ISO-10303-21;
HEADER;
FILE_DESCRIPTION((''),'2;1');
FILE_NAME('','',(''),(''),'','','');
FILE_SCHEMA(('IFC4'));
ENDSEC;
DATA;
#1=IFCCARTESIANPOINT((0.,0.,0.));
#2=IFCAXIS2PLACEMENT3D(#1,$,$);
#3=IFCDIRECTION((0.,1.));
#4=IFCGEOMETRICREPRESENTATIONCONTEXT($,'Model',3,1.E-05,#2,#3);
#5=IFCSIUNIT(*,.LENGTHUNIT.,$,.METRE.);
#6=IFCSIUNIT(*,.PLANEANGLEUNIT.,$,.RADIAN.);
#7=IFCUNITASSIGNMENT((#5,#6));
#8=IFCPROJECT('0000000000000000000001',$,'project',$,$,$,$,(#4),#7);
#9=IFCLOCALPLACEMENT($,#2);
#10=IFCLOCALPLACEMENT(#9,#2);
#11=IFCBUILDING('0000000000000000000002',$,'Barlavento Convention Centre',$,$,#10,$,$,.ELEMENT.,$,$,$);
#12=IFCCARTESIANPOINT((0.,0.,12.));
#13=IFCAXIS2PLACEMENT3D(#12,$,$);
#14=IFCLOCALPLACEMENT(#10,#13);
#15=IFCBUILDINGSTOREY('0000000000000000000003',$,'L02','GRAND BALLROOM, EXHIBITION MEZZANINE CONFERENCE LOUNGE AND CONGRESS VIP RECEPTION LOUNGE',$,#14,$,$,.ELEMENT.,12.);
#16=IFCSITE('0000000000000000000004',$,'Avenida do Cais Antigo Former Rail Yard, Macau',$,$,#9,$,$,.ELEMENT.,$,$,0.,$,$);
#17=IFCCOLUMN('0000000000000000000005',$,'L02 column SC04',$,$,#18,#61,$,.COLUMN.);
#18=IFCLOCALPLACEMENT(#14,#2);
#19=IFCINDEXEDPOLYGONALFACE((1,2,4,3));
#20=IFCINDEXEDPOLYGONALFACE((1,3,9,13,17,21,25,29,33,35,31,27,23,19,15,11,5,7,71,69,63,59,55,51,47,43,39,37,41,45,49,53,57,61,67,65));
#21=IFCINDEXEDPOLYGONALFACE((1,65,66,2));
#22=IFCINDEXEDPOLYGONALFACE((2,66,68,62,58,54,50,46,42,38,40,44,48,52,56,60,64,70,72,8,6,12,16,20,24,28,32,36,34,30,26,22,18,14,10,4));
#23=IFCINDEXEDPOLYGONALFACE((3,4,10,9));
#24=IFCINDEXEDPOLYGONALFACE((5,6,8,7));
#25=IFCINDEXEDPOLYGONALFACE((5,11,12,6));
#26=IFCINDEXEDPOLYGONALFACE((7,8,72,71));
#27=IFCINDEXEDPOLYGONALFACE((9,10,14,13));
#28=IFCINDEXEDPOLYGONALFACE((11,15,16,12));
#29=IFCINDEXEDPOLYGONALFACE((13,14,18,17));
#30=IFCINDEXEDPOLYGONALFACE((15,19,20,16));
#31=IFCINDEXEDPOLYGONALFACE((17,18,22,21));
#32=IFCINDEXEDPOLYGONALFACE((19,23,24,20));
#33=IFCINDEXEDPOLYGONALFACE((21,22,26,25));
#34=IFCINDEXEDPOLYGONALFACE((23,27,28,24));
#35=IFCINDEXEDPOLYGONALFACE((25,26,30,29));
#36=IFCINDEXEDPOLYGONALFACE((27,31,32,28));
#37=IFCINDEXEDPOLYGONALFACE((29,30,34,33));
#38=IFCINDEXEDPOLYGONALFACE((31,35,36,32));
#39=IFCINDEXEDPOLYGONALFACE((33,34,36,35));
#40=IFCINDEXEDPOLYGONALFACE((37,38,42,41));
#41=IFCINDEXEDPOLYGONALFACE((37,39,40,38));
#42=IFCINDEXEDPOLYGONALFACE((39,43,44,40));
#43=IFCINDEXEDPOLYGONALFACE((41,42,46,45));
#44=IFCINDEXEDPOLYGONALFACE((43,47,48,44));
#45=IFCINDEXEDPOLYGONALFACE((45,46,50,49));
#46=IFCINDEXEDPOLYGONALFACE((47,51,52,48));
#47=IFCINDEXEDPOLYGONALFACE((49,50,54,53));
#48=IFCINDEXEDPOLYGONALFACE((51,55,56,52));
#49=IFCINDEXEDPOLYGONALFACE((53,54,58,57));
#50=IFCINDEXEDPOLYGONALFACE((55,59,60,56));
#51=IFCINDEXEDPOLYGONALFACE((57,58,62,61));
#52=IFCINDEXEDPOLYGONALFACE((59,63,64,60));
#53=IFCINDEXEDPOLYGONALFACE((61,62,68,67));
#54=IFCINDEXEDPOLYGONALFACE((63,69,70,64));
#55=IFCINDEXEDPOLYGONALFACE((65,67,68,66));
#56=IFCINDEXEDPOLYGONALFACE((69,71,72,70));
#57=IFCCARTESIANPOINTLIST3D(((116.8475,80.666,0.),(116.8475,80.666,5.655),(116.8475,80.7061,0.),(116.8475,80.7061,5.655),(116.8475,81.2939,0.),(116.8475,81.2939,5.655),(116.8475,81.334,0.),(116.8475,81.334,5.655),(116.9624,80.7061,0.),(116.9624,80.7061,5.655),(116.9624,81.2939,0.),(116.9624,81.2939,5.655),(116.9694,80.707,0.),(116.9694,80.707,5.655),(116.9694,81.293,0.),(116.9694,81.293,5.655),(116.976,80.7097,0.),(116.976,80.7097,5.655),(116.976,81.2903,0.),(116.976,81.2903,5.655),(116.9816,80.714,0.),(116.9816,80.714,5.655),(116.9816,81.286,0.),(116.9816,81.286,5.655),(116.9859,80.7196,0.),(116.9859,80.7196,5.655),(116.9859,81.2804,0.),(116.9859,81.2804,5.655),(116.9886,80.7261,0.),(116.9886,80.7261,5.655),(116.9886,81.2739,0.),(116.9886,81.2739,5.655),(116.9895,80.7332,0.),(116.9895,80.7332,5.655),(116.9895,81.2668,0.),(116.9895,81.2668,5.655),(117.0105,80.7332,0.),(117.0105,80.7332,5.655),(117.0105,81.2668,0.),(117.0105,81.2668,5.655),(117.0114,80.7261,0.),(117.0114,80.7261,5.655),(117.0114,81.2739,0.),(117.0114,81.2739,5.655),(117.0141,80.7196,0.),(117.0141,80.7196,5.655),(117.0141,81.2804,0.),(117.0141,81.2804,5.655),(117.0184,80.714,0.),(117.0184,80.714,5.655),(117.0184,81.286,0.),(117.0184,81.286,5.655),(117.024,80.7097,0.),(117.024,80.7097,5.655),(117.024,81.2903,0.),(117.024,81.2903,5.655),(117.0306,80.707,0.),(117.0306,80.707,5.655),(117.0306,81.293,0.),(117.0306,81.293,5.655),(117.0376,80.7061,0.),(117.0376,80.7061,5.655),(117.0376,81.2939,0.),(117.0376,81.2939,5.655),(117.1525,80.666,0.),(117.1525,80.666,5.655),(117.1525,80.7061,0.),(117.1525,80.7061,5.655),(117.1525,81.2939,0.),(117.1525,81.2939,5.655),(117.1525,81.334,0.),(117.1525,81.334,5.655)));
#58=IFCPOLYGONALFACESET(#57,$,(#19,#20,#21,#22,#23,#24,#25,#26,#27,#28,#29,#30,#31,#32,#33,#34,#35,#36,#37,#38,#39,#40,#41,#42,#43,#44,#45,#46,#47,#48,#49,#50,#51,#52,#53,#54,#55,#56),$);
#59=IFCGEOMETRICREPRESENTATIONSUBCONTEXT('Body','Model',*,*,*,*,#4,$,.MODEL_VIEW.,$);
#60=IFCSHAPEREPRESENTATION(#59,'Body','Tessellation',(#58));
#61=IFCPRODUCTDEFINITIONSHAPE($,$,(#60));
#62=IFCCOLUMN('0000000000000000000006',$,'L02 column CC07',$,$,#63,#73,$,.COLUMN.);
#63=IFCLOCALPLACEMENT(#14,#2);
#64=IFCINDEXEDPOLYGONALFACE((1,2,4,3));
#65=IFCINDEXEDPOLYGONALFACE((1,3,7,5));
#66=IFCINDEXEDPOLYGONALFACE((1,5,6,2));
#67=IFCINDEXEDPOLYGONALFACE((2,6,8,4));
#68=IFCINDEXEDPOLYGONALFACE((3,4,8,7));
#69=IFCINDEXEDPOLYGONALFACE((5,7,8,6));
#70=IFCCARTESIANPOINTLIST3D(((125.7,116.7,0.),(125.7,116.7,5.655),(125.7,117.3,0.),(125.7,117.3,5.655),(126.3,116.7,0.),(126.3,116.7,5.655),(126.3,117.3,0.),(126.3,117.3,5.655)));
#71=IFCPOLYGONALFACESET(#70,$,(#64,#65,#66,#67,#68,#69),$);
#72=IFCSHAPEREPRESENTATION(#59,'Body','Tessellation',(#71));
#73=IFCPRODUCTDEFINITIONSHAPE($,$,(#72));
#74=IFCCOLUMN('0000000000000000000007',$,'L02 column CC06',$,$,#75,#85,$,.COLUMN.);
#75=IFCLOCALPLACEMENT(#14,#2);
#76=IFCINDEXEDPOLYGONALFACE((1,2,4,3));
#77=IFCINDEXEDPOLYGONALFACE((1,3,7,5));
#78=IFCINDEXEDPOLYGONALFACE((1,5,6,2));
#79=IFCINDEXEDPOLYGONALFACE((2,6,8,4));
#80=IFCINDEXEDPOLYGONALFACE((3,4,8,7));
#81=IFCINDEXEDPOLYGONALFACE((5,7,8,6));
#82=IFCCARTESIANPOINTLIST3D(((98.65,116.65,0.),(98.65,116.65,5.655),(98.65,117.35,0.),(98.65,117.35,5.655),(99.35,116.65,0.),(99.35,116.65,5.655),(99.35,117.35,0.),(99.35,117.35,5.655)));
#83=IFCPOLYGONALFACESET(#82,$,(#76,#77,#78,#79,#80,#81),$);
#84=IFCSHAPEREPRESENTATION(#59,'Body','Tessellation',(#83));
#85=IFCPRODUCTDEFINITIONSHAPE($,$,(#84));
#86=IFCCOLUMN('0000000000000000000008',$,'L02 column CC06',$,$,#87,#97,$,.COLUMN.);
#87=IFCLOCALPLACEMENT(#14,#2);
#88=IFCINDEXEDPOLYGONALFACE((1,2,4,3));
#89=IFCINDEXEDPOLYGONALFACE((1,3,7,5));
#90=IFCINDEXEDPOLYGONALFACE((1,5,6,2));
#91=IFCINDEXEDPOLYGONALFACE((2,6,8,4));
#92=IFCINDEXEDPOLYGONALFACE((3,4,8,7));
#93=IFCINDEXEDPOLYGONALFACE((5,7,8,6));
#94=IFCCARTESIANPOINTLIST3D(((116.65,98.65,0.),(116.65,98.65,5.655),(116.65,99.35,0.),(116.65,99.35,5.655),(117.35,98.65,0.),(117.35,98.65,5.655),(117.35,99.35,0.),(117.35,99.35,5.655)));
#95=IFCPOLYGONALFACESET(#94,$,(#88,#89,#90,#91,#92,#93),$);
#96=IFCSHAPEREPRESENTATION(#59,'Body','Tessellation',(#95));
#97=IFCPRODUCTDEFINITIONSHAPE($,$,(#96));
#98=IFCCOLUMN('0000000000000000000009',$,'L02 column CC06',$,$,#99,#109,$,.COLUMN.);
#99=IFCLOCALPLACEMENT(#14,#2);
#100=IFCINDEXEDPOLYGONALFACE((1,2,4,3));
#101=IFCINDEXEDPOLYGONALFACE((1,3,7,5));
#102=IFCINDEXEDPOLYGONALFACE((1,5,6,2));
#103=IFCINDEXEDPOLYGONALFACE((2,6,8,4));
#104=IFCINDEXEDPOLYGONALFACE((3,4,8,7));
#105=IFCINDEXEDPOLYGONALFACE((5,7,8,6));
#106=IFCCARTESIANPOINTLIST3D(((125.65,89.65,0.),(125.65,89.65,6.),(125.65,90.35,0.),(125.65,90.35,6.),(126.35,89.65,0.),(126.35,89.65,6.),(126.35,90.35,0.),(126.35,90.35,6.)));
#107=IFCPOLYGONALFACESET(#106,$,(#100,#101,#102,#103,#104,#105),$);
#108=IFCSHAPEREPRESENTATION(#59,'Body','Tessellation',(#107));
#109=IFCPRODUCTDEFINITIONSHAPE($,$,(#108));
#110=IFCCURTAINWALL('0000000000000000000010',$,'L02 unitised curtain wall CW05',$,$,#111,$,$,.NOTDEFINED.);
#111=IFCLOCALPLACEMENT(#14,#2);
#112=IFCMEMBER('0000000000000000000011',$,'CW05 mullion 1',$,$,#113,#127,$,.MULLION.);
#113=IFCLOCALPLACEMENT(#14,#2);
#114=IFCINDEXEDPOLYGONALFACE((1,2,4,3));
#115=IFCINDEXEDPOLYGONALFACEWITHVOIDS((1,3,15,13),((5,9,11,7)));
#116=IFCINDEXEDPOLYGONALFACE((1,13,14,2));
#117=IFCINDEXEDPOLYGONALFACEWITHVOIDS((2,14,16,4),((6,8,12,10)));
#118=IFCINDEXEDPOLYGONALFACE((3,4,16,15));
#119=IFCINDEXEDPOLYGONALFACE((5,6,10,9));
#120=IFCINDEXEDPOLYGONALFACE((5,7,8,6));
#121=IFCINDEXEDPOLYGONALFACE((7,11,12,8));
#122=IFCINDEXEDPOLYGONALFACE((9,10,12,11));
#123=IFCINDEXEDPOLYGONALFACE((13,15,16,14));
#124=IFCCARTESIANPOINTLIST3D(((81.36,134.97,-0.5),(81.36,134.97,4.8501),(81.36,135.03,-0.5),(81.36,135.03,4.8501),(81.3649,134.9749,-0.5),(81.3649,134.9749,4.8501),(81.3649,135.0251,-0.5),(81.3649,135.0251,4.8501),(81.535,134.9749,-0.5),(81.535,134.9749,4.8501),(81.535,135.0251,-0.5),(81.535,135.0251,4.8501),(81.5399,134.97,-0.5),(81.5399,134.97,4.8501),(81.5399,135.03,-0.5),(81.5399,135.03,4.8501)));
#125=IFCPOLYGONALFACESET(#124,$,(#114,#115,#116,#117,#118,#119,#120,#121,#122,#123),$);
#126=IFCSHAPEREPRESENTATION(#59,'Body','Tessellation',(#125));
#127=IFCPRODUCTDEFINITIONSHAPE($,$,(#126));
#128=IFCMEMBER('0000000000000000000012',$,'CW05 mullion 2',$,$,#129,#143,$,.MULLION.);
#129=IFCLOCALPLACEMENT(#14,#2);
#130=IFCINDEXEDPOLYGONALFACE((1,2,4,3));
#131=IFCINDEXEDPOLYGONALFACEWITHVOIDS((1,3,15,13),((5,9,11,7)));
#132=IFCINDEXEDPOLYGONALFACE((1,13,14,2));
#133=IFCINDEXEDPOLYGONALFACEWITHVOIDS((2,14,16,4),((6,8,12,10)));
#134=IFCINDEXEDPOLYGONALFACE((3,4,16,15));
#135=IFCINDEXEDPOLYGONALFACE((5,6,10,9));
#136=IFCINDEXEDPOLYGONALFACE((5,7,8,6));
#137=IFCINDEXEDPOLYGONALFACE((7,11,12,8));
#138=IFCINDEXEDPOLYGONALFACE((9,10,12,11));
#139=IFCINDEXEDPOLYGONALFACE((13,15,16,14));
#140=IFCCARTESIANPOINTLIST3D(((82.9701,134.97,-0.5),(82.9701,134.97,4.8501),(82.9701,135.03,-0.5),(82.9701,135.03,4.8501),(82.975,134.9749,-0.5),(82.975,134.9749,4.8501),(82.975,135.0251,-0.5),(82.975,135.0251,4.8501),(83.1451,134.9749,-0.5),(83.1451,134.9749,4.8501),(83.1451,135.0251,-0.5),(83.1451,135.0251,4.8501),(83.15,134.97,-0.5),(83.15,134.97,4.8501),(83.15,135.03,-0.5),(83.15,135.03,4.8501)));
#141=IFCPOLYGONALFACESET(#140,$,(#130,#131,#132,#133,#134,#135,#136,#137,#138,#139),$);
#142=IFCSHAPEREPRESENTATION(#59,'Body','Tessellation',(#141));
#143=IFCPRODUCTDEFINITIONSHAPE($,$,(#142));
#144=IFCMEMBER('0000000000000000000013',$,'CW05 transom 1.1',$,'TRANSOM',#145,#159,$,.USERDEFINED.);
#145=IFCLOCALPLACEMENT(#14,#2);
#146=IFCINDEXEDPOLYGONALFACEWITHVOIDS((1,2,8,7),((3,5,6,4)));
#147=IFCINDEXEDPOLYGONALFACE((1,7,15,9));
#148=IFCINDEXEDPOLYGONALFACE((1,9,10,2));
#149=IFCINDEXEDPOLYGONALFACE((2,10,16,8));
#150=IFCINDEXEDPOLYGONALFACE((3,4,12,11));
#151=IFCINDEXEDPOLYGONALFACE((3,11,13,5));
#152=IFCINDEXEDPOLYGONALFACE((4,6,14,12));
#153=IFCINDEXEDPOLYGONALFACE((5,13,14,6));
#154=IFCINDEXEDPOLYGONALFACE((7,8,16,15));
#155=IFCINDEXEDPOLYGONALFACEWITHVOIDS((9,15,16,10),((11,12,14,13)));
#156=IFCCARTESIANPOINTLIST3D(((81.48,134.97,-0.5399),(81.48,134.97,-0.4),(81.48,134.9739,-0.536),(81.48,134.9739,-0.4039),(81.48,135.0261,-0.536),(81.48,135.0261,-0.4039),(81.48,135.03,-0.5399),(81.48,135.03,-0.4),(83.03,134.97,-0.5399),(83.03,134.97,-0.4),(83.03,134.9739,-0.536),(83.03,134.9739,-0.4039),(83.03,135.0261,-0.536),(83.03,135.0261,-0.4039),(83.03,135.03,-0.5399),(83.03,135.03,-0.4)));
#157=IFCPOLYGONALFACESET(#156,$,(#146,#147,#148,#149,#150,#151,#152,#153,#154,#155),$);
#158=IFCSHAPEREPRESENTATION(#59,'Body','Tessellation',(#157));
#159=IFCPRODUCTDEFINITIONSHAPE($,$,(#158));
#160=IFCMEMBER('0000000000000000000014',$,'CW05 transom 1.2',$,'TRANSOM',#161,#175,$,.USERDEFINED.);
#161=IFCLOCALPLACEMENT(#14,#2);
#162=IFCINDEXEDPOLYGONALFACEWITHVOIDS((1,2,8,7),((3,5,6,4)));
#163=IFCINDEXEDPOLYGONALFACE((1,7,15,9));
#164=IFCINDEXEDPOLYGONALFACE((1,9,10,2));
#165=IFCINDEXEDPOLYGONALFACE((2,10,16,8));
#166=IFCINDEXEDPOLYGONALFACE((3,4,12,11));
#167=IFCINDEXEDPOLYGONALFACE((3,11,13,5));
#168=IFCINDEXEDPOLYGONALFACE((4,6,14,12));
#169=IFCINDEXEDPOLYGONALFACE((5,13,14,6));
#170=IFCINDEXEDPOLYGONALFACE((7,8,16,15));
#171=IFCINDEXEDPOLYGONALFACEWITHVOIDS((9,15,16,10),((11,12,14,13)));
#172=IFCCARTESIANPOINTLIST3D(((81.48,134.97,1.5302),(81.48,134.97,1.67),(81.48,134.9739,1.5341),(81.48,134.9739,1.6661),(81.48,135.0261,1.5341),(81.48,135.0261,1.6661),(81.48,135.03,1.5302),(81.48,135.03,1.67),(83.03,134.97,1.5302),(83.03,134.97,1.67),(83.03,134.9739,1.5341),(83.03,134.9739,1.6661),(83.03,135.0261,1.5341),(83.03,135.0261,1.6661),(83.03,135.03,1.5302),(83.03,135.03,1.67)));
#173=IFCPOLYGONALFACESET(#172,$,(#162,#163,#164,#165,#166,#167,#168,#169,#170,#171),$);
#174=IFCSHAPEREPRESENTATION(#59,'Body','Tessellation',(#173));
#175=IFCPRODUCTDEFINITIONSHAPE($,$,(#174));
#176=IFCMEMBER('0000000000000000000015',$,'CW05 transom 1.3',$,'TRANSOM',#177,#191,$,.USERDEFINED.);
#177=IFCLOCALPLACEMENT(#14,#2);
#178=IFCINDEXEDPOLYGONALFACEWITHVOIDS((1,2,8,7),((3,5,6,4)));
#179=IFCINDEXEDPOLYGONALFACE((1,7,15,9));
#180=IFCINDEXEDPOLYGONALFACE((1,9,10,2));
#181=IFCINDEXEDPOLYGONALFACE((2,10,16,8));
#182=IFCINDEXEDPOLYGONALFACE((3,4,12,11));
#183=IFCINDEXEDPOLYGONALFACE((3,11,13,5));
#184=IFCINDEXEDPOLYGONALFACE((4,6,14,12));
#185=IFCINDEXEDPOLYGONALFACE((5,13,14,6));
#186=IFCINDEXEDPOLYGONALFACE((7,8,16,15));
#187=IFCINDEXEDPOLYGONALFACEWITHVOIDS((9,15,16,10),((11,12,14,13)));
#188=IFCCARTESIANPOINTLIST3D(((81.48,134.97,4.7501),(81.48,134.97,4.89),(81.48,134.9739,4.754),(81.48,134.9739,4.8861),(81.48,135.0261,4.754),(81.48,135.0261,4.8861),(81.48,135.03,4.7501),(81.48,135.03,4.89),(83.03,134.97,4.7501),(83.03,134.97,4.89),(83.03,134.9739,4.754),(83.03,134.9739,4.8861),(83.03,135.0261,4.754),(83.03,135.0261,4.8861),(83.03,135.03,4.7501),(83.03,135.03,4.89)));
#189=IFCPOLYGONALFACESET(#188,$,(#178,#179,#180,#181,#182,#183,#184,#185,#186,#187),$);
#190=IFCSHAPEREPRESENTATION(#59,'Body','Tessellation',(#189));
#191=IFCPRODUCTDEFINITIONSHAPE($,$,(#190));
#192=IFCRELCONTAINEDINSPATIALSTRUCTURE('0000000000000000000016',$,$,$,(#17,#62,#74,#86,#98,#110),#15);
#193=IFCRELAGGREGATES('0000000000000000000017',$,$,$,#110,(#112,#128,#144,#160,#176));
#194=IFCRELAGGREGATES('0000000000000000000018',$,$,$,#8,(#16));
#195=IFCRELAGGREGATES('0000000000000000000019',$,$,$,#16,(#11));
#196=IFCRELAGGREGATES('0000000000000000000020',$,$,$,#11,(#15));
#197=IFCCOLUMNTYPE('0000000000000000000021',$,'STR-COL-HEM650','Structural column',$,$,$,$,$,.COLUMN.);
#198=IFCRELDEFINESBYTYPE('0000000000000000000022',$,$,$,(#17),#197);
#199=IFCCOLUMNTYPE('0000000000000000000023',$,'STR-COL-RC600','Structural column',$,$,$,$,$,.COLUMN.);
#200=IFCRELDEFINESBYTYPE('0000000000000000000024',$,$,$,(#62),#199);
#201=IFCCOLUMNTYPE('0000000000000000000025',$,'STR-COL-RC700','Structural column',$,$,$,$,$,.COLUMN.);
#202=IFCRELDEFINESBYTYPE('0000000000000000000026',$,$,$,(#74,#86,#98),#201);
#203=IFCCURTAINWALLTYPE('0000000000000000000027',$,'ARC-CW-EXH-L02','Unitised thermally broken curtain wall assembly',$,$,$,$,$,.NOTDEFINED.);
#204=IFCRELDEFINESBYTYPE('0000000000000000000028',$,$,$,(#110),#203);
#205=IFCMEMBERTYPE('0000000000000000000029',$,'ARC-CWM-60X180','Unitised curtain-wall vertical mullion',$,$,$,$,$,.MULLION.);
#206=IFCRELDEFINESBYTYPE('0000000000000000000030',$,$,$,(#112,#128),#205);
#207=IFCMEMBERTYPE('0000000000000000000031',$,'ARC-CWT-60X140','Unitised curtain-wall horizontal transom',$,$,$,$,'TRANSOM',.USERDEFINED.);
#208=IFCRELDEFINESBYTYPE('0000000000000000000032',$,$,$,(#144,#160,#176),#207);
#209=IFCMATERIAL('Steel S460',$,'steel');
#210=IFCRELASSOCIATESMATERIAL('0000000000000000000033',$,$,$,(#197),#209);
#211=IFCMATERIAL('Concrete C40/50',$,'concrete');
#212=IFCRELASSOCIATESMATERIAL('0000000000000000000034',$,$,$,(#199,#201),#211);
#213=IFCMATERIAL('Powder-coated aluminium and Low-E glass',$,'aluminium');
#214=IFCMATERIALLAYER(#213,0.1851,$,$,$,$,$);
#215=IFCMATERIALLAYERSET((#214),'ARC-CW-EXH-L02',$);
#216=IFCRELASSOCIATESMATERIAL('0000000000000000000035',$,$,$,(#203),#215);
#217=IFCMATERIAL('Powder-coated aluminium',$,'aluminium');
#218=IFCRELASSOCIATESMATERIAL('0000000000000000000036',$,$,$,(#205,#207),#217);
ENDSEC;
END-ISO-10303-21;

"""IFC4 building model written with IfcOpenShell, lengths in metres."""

from ifc_helpers import new_model, si_unit, direction, frame, origin, origin_2d, place, context, subcontext, project, spatial, rectangle, hollow_rectangle, i_section, extrude, material, layer, layer_set, material_profile, profile_set, type_object, element, aggregate, save


model = new_model("IFC4")

# Units and contexts
model_context = context("Model", 3, precision=1e-05, world=origin(), true_north=direction((0.0, 1.0)))
body_context = subcontext(model_context, "Body", "Model", "MODEL_VIEW")
ifc_project = project(units=[si_unit("LENGTHUNIT", "METRE"), si_unit("PLANEANGLEUNIT", "RADIAN")], contexts=[model_context])

# Site, building, storey
site_placement = place(None, origin())
site = spatial("IfcSite", under=ifc_project, at=site_placement, Name="Avenida do Cais Antigo Former Rail Yard, Macau", CompositionType="ELEMENT", RefElevation=0.0)
building_placement = place(site_placement, origin())
building = spatial("IfcBuilding", under=site, at=building_placement, Name="Barlavento Convention Centre", CompositionType="ELEMENT")
storey_placement = place(building_placement, frame((0.0, 0.0, 12.0)))
storey = spatial("IfcBuildingStorey", under=building, at=storey_placement, Name="L02", Description="GRAND BALLROOM, EXHIBITION MEZZANINE CONFERENCE LOUNGE AND CONGRESS VIP RECEPTION LOUNGE", CompositionType="ELEMENT", Elevation=12.0)

# Columns
ifc_material_1 = material(Name="Steel S460", Category="steel")
ifc_material_profile_1 = material_profile(ifc_material_1, i_section(OverallWidth=0.3049, OverallDepth=0.668, WebThickness=0.021, FlangeThickness=0.04, FilletRadius=0.0271, at=origin_2d()), Name="HEM 650")
ifc_profile_set_1 = profile_set([ifc_material_profile_1], Name="Steel S460")
column_type_1 = type_object("IfcColumnType", Name="STR-COL-HEM650", Description="Structural column", PredefinedType="COLUMN", material=ifc_profile_set_1)
column_1_placement = place(storey_placement, frame((117.0, 81.0, 0.0), z_axis=(0.0, 0.0, 1.0), x_axis=(1.0, 0.0, 0.0)))
element("IfcColumn", 1, at=column_1_placement, inside=storey, type_object=column_type_1, Name="L02 column SC04", PredefinedType="COLUMN", context=body_context, shape_type="SweptSolid", body=[
    extrude(i_section(OverallWidth=0.3049, OverallDepth=0.668, WebThickness=0.021, FlangeThickness=0.04, FilletRadius=0.0271, at=origin_2d()), origin(), (0.0, 0.0, 1.0), 5.655),
])
ifc_material_2 = material(Name="Concrete C40/50", Category="concrete")
ifc_material_profile_2 = material_profile(ifc_material_2, rectangle(XDim=0.6001, YDim=0.6001, at=origin_2d()), Name="RC 600x600")
ifc_profile_set_2 = profile_set([ifc_material_profile_2], Name="Concrete C40/50")
column_type_2 = type_object("IfcColumnType", Name="STR-COL-RC600", Description="Structural column", PredefinedType="COLUMN", material=ifc_profile_set_2)
column_2_placement = place(storey_placement, frame((126.0, 117.0, 0.0), z_axis=(0.0, 0.0, 1.0), x_axis=(1.0, 0.0, 0.0)))
element("IfcColumn", 2, at=column_2_placement, inside=storey, type_object=column_type_2, Name="L02 column CC07", PredefinedType="COLUMN", context=body_context, shape_type="SweptSolid", body=[
    extrude(rectangle(XDim=0.6001, YDim=0.6001, at=origin_2d()), origin(), (0.0, 0.0, 1.0), 5.655),
])
ifc_material_profile_3 = material_profile(ifc_material_2, rectangle(XDim=0.7, YDim=0.7, at=origin_2d()), Name="RC 700x700")
ifc_profile_set_3 = profile_set([ifc_material_profile_3], Name="Concrete C40/50")
column_type_3 = type_object("IfcColumnType", Name="STR-COL-RC700", Description="Structural column", PredefinedType="COLUMN", material=ifc_profile_set_3)
for number, where, z_axis, x_axis, name in (
    (3, (99.0, 117.0, 0.0), (0.0, 0.0, 1.0), (1.0, 0.0, 0.0), "L02 column CC06"),
    (4, (117.0, 99.0, 0.0), (0.0, 0.0, 1.0), (1.0, 0.0, 0.0), "L02 column CC06"),
):
    element("IfcColumn", number, at=place(storey_placement, frame(where, z_axis=z_axis, x_axis=x_axis)), inside=storey, type_object=column_type_3, Name=name, PredefinedType="COLUMN", context=body_context, shape_type="SweptSolid", body=[
        extrude(rectangle(XDim=0.7, YDim=0.7, at=origin_2d()), origin(), (0.0, 0.0, 1.0), 5.655),
    ])
column_3_placement = place(storey_placement, frame((126.0, 90.0, 0.0), z_axis=(0.0, 0.0, 1.0), x_axis=(1.0, 0.0, 0.0)))
element("IfcColumn", 5, at=column_3_placement, inside=storey, type_object=column_type_3, Name="L02 column CC06", PredefinedType="COLUMN", context=body_context, shape_type="SweptSolid", body=[
    extrude(rectangle(XDim=0.7, YDim=0.7, at=origin_2d()), origin(), (0.0, 0.0, 1.0), 6.0),
])

# Curtain wall, members
ifc_material_3 = material(Name="Powder-coated aluminium and Low-E glass", Category="aluminium")
ifc_layer_1 = layer(ifc_material_3, 0.1851)
ifc_layer_set_1 = layer_set([ifc_layer_1], Name="ARC-CW-EXH-L02")
curtain_wall_type = type_object("IfcCurtainWallType", Name="ARC-CW-EXH-L02", Description="Unitised thermally broken curtain wall assembly", PredefinedType="NOTDEFINED", material=ifc_layer_set_1)
curtain_wall_placement = place(storey_placement, origin())
curtain_wall = element("IfcCurtainWall", 6, at=curtain_wall_placement, inside=storey, type_object=curtain_wall_type, Name="L02 unitised curtain wall CW05", PredefinedType="NOTDEFINED")
ifc_material_4 = material(Name="Powder-coated aluminium", Category="aluminium")
ifc_material_profile_4 = material_profile(ifc_material_4, hollow_rectangle(XDim=0.0601, YDim=0.1799, WallThickness=0.0049, at=origin_2d()), Name="AL-MULL 60x180x5")
ifc_profile_set_4 = profile_set([ifc_material_profile_4], Name="Powder-coated aluminium")
member_type_1 = type_object("IfcMemberType", Name="ARC-CWM-60X180", Description="Unitised curtain-wall vertical mullion", PredefinedType="MULLION", material=ifc_profile_set_4)
member_1_placement = place(storey_placement, frame((81.45, 135.0, -0.5), z_axis=(0.0, 0.0, 1.0), x_axis=(0.0, 1.0, 0.0)))
member_1 = element("IfcMember", 7, at=member_1_placement, type_object=member_type_1, Name="CW05 mullion 1", PredefinedType="MULLION", context=body_context, shape_type="SweptSolid", body=[
    extrude(hollow_rectangle(XDim=0.0601, YDim=0.1799, WallThickness=0.0049, at=origin_2d()), origin(), (0.0, 0.0, 1.0), 5.3501),
])
member_2_placement = place(storey_placement, frame((83.0601, 135.0, -0.5), z_axis=(0.0, 0.0, 1.0), x_axis=(0.0, 1.0, 0.0)))
member_2 = element("IfcMember", 8, at=member_2_placement, type_object=member_type_1, Name="CW05 mullion 2", PredefinedType="MULLION", context=body_context, shape_type="SweptSolid", body=[
    extrude(hollow_rectangle(XDim=0.0601, YDim=0.1799, WallThickness=0.0049, at=origin_2d()), origin(), (0.0, 0.0, 1.0), 5.3501),
])
ifc_material_profile_5 = material_profile(ifc_material_4, hollow_rectangle(XDim=0.0601, YDim=0.1399, WallThickness=0.0039, at=origin_2d()), Name="AL-TRAN 60x140x4")
ifc_profile_set_5 = profile_set([ifc_material_profile_5], Name="Powder-coated aluminium")
member_type_2 = type_object("IfcMemberType", Name="ARC-CWT-60X140", Description="Unitised curtain-wall horizontal transom", ElementType="TRANSOM", PredefinedType="USERDEFINED", material=ifc_profile_set_5)
member_3_placement = place(storey_placement, frame((81.48, 135.0, -0.47), z_axis=(1.0, 0.0, 0.0), x_axis=(0.0, 1.0, 0.0)))
member_3 = element("IfcMember", 9, at=member_3_placement, type_object=member_type_2, Name="CW05 transom 1.1", ObjectType="TRANSOM", PredefinedType="USERDEFINED", context=body_context, shape_type="SweptSolid", body=[
    extrude(hollow_rectangle(XDim=0.0601, YDim=0.1399, WallThickness=0.0039, at=origin_2d()), origin(), (0.0, 0.0, 1.0), 1.55),
])
member_4_placement = place(storey_placement, frame((81.48, 135.0, 1.6001), z_axis=(1.0, 0.0, 0.0), x_axis=(0.0, 1.0, 0.0)))
member_4 = element("IfcMember", 10, at=member_4_placement, type_object=member_type_2, Name="CW05 transom 1.2", ObjectType="TRANSOM", PredefinedType="USERDEFINED", context=body_context, shape_type="SweptSolid", body=[
    extrude(hollow_rectangle(XDim=0.0601, YDim=0.1399, WallThickness=0.0039, at=origin_2d()), origin(), (0.0, 0.0, 1.0), 1.55),
])
member_5_placement = place(storey_placement, frame((81.48, 135.0, 4.8201), z_axis=(1.0, 0.0, 0.0), x_axis=(0.0, 1.0, 0.0)))
member_5 = element("IfcMember", 11, at=member_5_placement, type_object=member_type_2, Name="CW05 transom 1.3", ObjectType="TRANSOM", PredefinedType="USERDEFINED", context=body_context, shape_type="SweptSolid", body=[
    extrude(hollow_rectangle(XDim=0.0601, YDim=0.1399, WallThickness=0.0039, at=origin_2d()), origin(), (0.0, 0.0, 1.0), 1.55),
])

aggregate(curtain_wall, [member_1, member_2, member_3, member_4, member_5])

save(model, "model.ifc")
